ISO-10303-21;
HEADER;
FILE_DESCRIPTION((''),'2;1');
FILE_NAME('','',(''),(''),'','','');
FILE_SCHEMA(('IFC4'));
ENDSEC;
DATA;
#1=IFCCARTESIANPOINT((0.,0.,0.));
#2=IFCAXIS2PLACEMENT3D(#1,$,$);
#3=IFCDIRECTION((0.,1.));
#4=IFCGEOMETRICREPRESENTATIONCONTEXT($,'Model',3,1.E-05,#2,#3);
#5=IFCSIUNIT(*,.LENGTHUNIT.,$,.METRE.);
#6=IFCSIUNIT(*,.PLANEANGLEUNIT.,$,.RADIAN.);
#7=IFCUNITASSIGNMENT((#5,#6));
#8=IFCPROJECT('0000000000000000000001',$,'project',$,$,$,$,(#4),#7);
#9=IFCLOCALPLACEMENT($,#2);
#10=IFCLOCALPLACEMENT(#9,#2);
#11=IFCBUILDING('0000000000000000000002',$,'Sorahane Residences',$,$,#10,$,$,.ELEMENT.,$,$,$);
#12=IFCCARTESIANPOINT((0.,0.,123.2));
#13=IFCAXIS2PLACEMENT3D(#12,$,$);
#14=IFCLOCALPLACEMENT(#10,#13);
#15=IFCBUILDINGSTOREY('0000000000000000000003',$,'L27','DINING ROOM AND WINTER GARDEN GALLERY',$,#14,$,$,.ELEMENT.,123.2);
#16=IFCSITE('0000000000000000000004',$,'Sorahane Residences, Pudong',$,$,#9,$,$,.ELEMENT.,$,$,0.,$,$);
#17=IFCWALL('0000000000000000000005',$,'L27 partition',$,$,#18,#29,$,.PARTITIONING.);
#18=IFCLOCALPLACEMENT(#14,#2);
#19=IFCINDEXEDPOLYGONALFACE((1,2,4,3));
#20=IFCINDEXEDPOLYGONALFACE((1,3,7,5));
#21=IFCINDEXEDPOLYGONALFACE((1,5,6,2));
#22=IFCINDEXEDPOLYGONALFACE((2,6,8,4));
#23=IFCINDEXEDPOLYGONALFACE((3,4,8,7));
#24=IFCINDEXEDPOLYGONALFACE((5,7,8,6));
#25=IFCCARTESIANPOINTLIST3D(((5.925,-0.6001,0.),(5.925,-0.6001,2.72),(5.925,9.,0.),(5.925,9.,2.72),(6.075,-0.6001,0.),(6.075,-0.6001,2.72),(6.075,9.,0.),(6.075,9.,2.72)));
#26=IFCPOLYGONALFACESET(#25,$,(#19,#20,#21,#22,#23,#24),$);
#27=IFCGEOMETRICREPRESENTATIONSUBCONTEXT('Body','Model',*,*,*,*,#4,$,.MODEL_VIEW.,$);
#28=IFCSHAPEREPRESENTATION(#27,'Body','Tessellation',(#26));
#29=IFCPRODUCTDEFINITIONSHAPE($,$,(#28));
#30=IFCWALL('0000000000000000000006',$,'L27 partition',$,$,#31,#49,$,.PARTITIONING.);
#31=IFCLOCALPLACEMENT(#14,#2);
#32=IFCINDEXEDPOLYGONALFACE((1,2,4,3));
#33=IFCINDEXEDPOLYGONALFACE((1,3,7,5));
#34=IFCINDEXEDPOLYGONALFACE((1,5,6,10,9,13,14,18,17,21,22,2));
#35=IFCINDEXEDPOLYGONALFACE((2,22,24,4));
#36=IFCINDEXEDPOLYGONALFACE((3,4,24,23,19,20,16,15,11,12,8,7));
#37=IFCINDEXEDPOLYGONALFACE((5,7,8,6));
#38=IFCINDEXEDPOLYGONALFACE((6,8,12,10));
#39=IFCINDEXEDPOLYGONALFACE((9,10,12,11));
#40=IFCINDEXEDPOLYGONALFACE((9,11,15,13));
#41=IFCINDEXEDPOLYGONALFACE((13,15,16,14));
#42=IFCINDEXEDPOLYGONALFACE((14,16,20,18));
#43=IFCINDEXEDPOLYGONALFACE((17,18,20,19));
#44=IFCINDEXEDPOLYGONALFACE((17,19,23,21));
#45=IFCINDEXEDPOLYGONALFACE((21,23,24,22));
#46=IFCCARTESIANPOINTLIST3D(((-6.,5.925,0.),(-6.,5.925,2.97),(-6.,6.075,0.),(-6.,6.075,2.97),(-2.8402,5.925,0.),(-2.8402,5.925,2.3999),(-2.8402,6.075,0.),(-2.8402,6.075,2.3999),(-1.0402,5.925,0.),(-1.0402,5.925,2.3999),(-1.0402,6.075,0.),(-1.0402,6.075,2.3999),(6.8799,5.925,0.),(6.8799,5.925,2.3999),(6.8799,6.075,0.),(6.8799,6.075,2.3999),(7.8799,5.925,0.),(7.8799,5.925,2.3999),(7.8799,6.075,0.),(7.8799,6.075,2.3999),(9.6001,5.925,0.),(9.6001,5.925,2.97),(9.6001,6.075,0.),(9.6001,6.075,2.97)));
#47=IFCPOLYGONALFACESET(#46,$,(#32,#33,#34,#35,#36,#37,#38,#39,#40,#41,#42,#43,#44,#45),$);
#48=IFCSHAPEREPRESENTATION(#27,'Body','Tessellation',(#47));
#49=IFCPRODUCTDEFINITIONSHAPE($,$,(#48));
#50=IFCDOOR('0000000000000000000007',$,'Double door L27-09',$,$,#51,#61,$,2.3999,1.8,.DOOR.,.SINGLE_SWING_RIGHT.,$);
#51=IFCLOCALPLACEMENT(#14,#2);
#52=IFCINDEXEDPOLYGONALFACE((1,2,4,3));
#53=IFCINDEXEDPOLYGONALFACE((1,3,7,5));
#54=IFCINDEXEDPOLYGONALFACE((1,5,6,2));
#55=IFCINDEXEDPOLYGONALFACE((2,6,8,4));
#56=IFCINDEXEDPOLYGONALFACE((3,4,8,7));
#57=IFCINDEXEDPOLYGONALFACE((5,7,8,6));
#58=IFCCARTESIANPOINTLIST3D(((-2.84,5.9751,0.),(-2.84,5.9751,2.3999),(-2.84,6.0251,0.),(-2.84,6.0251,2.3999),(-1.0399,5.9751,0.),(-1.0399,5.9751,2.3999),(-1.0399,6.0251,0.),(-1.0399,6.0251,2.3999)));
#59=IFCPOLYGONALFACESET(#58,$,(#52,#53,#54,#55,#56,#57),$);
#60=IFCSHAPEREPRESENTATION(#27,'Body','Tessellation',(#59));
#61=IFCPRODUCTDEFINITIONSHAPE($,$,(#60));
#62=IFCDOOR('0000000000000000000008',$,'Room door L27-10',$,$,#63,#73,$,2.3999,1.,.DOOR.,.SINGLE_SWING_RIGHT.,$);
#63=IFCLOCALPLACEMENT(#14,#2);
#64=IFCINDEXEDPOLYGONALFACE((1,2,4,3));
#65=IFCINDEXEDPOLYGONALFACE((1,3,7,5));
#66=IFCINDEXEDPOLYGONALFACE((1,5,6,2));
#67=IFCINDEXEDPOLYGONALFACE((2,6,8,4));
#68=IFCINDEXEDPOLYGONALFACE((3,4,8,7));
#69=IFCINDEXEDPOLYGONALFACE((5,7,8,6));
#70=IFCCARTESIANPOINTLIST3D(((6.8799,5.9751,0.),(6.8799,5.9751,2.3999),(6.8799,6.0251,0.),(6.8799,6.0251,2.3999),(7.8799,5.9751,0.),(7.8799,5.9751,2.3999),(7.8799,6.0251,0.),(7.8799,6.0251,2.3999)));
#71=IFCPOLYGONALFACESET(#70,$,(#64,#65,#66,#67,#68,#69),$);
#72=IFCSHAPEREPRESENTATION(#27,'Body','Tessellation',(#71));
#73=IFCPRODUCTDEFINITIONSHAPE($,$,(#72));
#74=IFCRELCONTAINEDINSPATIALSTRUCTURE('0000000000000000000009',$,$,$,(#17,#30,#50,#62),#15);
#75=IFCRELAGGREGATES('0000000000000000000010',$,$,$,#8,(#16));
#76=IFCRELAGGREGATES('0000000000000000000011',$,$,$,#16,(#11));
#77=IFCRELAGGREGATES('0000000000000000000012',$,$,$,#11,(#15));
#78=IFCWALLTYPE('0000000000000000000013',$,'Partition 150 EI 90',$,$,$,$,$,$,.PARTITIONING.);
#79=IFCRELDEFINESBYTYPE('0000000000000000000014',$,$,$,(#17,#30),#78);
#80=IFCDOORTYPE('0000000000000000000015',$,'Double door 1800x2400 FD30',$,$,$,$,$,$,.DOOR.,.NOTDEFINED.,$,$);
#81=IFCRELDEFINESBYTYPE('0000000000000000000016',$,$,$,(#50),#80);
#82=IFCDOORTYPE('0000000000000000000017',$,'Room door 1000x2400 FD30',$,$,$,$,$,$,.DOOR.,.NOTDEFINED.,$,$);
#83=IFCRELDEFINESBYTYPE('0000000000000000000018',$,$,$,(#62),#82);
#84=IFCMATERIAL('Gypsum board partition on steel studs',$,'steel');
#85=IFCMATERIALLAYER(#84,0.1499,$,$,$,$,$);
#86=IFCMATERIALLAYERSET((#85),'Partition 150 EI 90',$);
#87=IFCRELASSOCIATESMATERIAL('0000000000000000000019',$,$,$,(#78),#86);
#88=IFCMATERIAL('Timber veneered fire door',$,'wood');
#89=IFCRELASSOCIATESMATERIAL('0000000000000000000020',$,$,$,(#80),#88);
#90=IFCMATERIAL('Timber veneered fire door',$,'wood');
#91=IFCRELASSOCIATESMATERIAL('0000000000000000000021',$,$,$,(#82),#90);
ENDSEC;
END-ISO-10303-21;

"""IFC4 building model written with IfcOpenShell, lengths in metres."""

from ifc_helpers import new_model, si_unit, direction, frame, frame_2d, origin, place, context, subcontext, project, spatial, rectangle, extrude, material, layer, layer_set, type_object, element, fill, save


model = new_model("IFC4")

# Units and contexts
model_context = context("Model", 3, precision=1e-05, world=origin(), true_north=direction((0.0, 1.0)))
body_context = subcontext(model_context, "Body", "Model", "MODEL_VIEW")
ifc_project = project(units=[si_unit("LENGTHUNIT", "METRE"), si_unit("PLANEANGLEUNIT", "RADIAN")], contexts=[model_context])

# Site, building, storey
site_placement = place(None, origin())
site = spatial("IfcSite", under=ifc_project, at=site_placement, Name="Sorahane Residences, Pudong", CompositionType="ELEMENT", RefElevation=0.0)
building_placement = place(site_placement, origin())
building = spatial("IfcBuilding", under=site, at=building_placement, Name="Sorahane Residences", CompositionType="ELEMENT")
storey_placement = place(building_placement, frame((0.0, 0.0, 123.2)))
storey = spatial("IfcBuildingStorey", under=building, at=storey_placement, Name="L27", Description="DINING ROOM AND WINTER GARDEN GALLERY", CompositionType="ELEMENT", Elevation=123.2)

# Wall
ifc_material_1 = material(Name="Gypsum board partition on steel studs", Category="steel")
ifc_layer_1 = layer(ifc_material_1, 0.1499)
ifc_layer_set_1 = layer_set([ifc_layer_1], Name="Partition 150 EI 90")
wall_type = type_object("IfcWallType", Name="Partition 150 EI 90", PredefinedType="PARTITIONING", material=ifc_layer_set_1)
wall_1_placement = place(storey_placement, frame((6.0, -0.6001, 0.0), z_axis=(0.0, 0.0, 1.0), x_axis=(0.0, 1.0, 0.0)))
element("IfcWall", 1, at=wall_1_placement, inside=storey, type_object=wall_type, Name="L27 partition", PredefinedType="PARTITIONING", context=body_context, shape_type="SweptSolid", body=[
    extrude(rectangle(XDim=9.6001, YDim=0.1499, at=frame_2d((4.8, 0.0))), origin(), (0.0, 0.0, 1.0), 2.72),
])

# Wall, openings, doors
wall_2_placement = place(storey_placement, frame((-6.0, 6.0, 0.0), z_axis=(0.0, 0.0, 1.0), x_axis=(1.0, 0.0, 0.0)))
wall_2 = element("IfcWall", 2, at=wall_2_placement, inside=storey, type_object=wall_type, Name="L27 partition", PredefinedType="PARTITIONING", context=body_context, shape_type="SweptSolid", body=[
    extrude(rectangle(XDim=15.6001, YDim=0.1499, at=frame_2d((7.8, 0.0))), origin(), (0.0, 0.0, 1.0), 2.97),
])
opening_1_placement = place(wall_2_placement, frame((3.1599, 0.0, 0.0)))
opening_1 = element("IfcOpeningElement", 3, at=opening_1_placement, cuts=wall_2, PredefinedType="OPENING", context=body_context, shape_type="SweptSolid", body=[
    extrude(rectangle(XDim=1.8, YDim=2.3999, at=frame_2d((0.8999, 1.2))), frame((0.0, 0.085, 0.0), z_axis=(0.0, -1.0, 0.0), x_axis=(1.0, 0.0, 0.0)), (0.0, 0.0, 1.0), 0.1699),
])
opening_2_placement = place(wall_2_placement, frame((12.8799, 0.0, 0.0)))
opening_2 = element("IfcOpeningElement", 4, at=opening_2_placement, cuts=wall_2, PredefinedType="OPENING", context=body_context, shape_type="SweptSolid", body=[
    extrude(rectangle(XDim=1.0, YDim=2.3999, at=frame_2d((0.5, 1.2))), frame((0.0, 0.085, 0.0), z_axis=(0.0, -1.0, 0.0), x_axis=(1.0, 0.0, 0.0)), (0.0, 0.0, 1.0), 0.1699),
])
ifc_material_2 = material(Name="Timber veneered fire door", Category="wood")
door_type_1 = type_object("IfcDoorType", Name="Double door 1800x2400 FD30", OperationType="NOTDEFINED", PredefinedType="DOOR", material=ifc_material_2)
door_1_placement = place(opening_1_placement, frame((1.8, 0.0, 0.0), z_axis=(0.0, 0.0, 1.0), x_axis=(-1.0, 0.0, 0.0)))
door_1 = element("IfcDoor", 5, at=door_1_placement, inside=storey, type_object=door_type_1, Name="Double door L27-09", OperationType="SINGLE_SWING_RIGHT", OverallHeight=2.3999, OverallWidth=1.8, PredefinedType="DOOR", context=body_context, shape_type="SweptSolid", body=[
    extrude(rectangle(XDim=1.8, YDim=2.3999, at=frame_2d((0.8999, 1.2))), frame((0.0, 0.0249, 0.0), z_axis=(0.0, -1.0, 0.0), x_axis=(1.0, 0.0, 0.0)), (0.0, 0.0, 1.0), 0.05),
])
fill(opening_1, door_1)
ifc_material_3 = material(Name="Timber veneered fire door", Category="wood")
door_type_2 = type_object("IfcDoorType", Name="Room door 1000x2400 FD30", OperationType="NOTDEFINED", PredefinedType="DOOR", material=ifc_material_3)
door_2_placement = place(opening_2_placement, frame((1.0, 0.0, 0.0), z_axis=(0.0, 0.0, 1.0), x_axis=(-1.0, 0.0, 0.0)))
door_2 = element("IfcDoor", 6, at=door_2_placement, inside=storey, type_object=door_type_2, Name="Room door L27-10", OperationType="SINGLE_SWING_RIGHT", OverallHeight=2.3999, OverallWidth=1.0, PredefinedType="DOOR", context=body_context, shape_type="SweptSolid", body=[
    extrude(rectangle(XDim=1.0, YDim=2.3999, at=frame_2d((0.5, 1.2))), frame((0.0, 0.0249, 0.0), z_axis=(0.0, -1.0, 0.0), x_axis=(1.0, 0.0, 0.0)), (0.0, 0.0, 1.0), 0.05),
])
fill(opening_2, door_2)

save(model, "model.ifc")
